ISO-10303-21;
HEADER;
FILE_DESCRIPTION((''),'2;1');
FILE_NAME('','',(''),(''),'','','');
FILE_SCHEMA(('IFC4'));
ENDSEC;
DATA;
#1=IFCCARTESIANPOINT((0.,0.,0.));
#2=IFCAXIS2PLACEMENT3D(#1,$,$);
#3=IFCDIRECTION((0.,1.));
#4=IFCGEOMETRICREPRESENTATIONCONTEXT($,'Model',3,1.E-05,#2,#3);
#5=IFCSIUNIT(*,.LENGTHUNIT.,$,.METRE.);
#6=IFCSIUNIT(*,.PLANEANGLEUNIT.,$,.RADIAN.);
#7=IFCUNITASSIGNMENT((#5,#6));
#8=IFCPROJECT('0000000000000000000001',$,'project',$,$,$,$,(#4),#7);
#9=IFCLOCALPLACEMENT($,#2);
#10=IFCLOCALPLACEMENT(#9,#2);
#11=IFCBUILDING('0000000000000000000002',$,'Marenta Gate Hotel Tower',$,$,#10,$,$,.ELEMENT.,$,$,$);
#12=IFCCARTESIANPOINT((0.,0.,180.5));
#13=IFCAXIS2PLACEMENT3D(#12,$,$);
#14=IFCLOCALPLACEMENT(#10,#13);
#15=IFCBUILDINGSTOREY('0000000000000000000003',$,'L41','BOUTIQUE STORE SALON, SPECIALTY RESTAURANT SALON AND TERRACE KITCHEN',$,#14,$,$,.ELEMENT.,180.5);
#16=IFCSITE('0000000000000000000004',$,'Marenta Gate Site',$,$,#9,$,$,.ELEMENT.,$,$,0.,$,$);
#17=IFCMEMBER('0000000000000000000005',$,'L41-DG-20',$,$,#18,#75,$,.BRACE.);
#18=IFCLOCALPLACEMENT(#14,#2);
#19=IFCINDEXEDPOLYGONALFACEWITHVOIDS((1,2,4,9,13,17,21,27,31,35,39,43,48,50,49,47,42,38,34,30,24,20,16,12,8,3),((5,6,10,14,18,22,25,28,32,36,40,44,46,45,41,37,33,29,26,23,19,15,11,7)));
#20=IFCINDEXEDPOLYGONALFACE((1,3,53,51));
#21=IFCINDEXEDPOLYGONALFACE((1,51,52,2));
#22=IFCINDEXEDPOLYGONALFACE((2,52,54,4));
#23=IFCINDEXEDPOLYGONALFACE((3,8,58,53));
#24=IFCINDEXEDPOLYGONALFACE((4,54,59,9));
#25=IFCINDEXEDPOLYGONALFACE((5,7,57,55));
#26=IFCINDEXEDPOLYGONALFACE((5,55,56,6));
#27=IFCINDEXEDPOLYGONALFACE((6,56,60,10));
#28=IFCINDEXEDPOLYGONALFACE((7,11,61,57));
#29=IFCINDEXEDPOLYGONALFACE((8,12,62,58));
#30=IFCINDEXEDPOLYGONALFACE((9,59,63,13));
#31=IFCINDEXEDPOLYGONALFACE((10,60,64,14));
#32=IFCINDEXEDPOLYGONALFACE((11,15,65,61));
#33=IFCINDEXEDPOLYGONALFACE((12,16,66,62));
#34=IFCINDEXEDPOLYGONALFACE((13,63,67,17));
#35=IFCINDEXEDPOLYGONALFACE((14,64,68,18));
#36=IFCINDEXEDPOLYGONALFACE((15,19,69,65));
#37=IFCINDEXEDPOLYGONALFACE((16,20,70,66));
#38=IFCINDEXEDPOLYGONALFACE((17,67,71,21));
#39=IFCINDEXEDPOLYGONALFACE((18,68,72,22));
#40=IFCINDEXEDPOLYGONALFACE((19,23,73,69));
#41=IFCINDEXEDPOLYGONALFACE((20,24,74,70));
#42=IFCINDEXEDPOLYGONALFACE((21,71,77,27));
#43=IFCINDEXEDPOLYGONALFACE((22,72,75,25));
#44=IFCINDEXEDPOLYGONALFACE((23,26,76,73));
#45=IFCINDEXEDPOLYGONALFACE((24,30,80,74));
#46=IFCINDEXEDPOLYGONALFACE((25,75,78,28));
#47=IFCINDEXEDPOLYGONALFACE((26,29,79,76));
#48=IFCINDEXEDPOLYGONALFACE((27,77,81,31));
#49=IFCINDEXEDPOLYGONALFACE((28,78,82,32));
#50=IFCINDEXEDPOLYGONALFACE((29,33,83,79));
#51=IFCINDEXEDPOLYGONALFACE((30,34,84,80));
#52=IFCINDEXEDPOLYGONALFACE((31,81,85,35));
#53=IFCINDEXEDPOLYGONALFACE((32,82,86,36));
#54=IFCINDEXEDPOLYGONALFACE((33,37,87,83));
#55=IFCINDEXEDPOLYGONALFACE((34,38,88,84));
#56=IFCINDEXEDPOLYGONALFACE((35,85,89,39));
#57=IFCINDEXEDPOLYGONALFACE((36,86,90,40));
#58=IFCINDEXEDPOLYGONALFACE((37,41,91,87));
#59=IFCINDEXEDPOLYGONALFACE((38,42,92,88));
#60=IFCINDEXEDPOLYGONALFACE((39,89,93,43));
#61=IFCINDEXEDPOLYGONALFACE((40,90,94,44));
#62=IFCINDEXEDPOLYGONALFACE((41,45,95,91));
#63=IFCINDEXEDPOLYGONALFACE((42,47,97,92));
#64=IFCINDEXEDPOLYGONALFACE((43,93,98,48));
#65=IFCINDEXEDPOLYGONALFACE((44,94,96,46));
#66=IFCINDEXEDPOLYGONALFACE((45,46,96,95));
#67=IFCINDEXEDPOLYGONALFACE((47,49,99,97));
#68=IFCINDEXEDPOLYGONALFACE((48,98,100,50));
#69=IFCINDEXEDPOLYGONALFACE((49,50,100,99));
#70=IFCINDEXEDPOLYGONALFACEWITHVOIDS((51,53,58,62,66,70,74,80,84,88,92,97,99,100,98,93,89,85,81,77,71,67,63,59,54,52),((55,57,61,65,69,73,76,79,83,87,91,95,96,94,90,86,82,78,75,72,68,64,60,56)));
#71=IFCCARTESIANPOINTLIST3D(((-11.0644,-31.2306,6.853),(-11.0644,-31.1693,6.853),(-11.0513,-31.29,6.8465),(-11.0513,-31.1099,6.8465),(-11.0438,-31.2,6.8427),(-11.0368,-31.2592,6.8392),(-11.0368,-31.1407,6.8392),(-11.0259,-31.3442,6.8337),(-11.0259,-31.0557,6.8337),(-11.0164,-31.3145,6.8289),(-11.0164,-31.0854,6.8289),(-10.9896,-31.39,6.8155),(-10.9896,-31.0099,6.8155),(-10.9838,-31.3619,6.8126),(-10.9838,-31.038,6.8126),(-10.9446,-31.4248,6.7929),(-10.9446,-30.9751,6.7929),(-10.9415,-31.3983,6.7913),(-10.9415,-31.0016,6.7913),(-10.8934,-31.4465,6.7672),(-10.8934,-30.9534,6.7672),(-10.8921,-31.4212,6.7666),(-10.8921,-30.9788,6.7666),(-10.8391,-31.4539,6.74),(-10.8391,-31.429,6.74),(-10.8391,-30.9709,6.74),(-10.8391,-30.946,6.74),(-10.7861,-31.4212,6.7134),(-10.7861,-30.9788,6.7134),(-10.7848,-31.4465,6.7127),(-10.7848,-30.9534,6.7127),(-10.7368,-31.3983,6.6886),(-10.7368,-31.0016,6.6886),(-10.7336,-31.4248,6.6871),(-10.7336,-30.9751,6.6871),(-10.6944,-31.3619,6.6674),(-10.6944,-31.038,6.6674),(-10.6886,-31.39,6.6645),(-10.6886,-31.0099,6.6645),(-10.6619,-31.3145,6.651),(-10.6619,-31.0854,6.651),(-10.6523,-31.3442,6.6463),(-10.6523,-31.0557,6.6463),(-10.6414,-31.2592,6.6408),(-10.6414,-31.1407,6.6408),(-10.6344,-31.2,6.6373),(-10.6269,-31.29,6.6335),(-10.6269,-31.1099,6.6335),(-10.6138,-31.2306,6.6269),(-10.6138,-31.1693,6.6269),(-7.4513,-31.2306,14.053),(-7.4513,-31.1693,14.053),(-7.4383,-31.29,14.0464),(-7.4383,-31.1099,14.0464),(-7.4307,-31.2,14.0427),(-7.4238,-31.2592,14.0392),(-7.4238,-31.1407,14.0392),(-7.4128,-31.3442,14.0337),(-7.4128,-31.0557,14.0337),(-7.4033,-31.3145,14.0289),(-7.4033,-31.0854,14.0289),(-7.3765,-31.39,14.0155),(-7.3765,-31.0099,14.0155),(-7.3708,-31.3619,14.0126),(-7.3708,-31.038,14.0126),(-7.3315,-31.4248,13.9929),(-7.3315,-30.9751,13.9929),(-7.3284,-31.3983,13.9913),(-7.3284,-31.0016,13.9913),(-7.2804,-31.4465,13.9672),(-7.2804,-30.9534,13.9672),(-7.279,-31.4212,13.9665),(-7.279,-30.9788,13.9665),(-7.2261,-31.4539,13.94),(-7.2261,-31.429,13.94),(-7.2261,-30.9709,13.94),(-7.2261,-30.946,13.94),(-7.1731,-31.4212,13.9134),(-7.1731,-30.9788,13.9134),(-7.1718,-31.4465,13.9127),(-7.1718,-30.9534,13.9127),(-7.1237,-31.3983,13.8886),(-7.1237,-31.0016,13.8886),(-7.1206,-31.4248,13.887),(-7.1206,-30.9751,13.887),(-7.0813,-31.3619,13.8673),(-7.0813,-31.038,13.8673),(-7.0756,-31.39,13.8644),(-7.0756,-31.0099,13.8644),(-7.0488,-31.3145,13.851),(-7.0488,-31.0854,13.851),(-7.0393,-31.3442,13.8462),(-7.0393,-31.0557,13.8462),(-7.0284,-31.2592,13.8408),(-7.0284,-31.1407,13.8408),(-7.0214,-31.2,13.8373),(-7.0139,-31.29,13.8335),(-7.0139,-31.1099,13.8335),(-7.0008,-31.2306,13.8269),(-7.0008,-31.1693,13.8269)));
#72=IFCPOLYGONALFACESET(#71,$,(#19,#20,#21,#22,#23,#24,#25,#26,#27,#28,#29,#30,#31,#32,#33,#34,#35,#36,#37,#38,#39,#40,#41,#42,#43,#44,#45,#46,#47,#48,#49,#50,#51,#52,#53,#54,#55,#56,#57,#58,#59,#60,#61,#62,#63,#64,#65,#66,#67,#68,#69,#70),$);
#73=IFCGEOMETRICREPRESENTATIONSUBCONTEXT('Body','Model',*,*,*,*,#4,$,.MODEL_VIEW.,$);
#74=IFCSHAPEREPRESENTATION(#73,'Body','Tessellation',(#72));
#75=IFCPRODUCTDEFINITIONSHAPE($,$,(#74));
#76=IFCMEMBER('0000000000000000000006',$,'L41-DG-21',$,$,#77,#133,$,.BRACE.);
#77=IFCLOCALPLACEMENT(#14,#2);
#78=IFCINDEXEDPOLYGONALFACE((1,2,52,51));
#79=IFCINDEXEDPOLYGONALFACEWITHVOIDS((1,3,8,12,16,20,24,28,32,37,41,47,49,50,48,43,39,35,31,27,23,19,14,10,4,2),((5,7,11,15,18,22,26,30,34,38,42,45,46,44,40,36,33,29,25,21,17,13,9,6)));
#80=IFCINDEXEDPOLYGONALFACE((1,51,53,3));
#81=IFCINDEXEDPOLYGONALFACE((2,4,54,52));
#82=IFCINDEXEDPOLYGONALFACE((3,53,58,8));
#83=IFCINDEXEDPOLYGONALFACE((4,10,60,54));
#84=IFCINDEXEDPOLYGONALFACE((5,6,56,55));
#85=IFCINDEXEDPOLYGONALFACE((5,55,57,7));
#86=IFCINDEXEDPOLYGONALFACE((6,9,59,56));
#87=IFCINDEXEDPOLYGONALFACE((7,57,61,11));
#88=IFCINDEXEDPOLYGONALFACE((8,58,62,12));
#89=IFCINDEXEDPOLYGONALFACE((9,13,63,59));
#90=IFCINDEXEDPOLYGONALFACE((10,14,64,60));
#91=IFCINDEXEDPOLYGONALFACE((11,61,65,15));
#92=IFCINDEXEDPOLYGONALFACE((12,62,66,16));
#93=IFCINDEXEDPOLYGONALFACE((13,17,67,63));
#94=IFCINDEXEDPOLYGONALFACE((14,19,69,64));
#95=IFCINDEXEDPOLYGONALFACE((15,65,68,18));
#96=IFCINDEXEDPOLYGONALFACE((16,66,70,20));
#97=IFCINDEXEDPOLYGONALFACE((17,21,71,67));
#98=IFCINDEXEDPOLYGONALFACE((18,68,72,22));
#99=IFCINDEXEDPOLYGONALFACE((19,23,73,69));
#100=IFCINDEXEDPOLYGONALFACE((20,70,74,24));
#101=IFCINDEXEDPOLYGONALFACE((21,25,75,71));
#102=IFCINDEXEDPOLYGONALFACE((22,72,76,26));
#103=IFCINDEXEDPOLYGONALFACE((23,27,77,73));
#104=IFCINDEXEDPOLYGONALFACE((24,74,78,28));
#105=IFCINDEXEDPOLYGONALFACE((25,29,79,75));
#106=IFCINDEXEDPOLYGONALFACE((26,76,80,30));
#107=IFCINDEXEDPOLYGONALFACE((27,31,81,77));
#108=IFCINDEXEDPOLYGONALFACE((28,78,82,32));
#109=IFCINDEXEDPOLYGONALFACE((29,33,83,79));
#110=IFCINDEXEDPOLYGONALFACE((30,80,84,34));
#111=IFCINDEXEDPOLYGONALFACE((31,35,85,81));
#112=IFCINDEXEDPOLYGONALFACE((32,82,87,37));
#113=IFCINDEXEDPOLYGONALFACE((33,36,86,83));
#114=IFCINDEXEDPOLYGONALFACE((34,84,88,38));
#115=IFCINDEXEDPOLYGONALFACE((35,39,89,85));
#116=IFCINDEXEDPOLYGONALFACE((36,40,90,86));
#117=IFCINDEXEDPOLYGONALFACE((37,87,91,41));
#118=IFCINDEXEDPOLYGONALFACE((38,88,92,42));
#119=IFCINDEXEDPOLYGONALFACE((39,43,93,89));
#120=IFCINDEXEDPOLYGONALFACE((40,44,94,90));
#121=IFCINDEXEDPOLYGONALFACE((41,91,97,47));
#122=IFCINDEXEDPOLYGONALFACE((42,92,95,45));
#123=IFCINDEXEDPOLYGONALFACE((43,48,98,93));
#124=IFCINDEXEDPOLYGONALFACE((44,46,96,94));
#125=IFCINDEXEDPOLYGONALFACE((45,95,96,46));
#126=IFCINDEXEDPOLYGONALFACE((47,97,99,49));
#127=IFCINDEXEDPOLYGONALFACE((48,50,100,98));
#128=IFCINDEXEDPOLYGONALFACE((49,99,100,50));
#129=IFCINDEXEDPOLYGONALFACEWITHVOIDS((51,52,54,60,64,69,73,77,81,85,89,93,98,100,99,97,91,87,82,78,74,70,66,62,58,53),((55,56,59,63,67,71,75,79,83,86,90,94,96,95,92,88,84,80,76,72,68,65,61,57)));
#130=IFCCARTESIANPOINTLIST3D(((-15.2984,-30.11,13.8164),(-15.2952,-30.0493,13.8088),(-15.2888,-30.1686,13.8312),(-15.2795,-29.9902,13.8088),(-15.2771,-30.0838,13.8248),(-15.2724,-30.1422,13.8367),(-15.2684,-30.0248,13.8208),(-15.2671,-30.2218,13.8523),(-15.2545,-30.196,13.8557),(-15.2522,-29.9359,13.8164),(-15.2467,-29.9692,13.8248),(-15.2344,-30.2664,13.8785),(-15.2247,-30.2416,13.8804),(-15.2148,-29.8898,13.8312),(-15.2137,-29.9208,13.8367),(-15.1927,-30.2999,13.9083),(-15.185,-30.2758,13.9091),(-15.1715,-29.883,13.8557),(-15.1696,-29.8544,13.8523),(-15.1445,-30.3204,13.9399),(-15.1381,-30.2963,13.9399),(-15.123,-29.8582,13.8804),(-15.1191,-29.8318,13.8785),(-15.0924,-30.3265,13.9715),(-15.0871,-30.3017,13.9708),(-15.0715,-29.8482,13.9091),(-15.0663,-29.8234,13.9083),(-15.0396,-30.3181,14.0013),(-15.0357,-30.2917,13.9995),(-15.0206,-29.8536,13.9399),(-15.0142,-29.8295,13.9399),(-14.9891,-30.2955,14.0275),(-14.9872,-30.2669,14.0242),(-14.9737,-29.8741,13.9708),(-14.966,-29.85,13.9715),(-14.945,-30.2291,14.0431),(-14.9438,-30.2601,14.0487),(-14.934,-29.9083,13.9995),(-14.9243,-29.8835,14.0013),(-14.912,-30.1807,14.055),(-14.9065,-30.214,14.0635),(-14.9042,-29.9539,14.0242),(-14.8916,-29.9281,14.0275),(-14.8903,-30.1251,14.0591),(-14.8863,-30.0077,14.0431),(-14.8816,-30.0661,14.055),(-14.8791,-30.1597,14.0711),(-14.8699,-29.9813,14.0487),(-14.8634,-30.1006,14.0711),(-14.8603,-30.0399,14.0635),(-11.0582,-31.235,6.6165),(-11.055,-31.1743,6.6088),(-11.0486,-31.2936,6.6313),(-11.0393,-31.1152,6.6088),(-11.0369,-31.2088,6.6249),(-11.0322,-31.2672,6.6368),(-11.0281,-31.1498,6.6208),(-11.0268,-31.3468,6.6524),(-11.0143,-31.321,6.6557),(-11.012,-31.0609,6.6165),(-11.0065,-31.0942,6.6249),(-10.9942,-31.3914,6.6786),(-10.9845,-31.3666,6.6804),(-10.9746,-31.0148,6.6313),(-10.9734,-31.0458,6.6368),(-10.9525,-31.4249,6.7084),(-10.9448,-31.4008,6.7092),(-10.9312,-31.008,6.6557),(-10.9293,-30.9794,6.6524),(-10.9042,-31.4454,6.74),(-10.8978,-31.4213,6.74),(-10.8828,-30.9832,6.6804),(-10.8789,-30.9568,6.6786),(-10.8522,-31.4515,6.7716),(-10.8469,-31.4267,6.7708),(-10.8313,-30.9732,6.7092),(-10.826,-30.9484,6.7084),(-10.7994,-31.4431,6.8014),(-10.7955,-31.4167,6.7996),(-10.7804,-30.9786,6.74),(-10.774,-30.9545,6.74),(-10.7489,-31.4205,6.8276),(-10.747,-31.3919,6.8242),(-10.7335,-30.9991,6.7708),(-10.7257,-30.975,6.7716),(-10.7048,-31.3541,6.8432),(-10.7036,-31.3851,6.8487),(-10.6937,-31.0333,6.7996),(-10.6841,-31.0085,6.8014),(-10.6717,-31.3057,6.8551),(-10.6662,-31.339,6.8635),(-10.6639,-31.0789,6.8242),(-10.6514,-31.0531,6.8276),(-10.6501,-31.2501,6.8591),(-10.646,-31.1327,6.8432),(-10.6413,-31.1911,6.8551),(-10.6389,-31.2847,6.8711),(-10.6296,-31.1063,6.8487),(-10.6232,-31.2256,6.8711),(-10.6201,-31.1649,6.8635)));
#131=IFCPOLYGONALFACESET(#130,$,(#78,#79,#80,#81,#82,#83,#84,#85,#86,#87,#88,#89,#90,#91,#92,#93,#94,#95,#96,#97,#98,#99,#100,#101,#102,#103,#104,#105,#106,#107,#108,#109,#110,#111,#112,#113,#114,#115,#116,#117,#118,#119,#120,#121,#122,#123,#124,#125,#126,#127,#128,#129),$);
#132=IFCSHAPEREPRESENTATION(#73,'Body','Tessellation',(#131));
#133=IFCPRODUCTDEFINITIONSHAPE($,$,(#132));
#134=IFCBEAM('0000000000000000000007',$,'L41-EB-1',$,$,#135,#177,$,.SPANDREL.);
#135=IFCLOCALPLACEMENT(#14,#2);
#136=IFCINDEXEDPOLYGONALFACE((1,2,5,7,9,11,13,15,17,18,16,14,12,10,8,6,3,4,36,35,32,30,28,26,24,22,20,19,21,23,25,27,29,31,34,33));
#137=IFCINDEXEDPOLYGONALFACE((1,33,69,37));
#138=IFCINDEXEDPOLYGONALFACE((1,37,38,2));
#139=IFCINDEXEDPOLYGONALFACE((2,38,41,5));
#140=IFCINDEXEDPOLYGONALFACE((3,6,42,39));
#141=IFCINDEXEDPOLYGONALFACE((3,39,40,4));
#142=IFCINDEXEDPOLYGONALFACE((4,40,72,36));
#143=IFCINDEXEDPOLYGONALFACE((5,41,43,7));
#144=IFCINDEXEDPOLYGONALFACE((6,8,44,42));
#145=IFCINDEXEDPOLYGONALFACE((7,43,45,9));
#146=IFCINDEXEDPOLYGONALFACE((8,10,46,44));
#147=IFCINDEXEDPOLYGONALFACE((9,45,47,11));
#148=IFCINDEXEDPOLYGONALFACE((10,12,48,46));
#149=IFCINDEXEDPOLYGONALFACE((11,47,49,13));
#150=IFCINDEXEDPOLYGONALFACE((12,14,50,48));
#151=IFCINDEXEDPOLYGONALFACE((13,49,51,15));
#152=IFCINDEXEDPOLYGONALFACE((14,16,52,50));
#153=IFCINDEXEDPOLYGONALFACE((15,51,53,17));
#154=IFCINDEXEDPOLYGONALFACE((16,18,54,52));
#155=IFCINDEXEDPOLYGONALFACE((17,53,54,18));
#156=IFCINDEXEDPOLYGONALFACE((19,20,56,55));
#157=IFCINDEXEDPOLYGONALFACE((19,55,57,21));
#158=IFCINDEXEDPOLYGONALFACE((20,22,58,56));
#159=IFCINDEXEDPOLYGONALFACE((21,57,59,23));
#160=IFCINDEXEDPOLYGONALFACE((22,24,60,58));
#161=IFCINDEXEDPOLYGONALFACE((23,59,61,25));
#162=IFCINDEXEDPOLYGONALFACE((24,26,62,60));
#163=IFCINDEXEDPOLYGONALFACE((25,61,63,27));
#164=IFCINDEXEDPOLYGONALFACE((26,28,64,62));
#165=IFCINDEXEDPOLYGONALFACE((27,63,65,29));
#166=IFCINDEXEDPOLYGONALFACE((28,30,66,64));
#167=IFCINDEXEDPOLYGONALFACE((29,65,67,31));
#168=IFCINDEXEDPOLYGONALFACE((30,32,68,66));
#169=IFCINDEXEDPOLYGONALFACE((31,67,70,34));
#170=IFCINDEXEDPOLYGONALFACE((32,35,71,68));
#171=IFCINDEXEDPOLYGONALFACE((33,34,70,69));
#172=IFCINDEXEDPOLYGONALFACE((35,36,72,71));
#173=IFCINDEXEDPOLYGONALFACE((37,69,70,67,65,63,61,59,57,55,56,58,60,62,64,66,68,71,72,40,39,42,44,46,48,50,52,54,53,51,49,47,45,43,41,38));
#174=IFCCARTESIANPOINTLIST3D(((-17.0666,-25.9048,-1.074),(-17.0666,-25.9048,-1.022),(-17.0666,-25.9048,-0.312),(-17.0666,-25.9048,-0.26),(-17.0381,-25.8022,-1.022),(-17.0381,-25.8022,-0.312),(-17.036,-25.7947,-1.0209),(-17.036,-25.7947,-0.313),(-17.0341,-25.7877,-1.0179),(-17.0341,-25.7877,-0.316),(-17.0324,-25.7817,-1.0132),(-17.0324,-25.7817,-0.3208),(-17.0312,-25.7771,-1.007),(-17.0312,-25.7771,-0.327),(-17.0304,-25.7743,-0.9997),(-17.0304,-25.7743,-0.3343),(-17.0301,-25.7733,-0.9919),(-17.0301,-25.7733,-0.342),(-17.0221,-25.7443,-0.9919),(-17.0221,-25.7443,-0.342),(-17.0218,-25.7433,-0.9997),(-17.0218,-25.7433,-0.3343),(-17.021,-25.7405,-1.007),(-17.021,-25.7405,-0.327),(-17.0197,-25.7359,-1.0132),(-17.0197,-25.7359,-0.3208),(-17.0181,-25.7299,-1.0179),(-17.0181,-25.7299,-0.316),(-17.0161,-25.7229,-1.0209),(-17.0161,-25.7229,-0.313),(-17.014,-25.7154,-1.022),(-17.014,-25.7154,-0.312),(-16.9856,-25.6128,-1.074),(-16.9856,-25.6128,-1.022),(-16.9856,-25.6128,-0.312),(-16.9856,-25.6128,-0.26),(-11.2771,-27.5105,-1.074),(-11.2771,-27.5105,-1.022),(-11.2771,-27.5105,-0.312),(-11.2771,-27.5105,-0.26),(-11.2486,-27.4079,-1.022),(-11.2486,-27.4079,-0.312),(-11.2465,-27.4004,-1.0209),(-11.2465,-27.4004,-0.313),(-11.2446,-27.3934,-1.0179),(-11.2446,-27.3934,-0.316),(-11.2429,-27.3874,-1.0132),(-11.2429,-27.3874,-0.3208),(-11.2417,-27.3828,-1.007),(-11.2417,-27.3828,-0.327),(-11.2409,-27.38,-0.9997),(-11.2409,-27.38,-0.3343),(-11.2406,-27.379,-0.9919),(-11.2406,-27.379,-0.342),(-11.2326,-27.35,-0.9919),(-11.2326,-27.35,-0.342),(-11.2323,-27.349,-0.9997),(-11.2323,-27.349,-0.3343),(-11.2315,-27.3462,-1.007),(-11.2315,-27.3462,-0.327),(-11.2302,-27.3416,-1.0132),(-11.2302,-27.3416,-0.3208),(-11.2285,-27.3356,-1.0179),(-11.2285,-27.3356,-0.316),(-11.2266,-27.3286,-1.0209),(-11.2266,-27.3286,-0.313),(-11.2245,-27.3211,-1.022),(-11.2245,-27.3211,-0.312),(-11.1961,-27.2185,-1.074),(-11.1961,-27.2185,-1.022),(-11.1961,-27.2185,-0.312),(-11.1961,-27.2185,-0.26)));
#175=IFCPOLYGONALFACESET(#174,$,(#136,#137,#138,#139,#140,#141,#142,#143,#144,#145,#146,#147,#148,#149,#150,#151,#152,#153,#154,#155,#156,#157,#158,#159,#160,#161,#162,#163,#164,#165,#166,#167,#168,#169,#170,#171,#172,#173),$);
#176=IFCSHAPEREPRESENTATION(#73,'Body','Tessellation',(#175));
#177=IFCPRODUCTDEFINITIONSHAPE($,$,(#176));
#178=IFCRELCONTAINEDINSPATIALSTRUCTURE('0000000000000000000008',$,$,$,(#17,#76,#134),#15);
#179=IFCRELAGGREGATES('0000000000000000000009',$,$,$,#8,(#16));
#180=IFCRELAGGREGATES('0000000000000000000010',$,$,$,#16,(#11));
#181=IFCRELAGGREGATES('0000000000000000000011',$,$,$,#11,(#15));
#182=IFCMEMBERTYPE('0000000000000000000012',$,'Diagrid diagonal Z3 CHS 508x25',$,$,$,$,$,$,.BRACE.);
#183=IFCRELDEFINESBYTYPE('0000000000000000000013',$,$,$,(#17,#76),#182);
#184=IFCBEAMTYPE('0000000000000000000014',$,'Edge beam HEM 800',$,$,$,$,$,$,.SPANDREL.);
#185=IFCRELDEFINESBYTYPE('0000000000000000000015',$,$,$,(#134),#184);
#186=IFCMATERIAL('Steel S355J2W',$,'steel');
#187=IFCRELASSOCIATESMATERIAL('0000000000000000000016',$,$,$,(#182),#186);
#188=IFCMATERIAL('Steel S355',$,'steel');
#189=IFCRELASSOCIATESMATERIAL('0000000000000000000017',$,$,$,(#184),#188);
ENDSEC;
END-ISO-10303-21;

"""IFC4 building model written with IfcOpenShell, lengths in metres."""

from ifc_helpers import new_model, si_unit, direction, frame, origin, origin_2d, place, context, subcontext, project, spatial, hollow_circle, i_section, extrude, material, material_profile, profile_set, type_object, element, save


model = new_model("IFC4")

# Units and contexts
model_context = context("Model", 3, precision=1e-05, world=origin(), true_north=direction((0.0, 1.0)))
body_context = subcontext(model_context, "Body", "Model", "MODEL_VIEW")
ifc_project = project(units=[si_unit("LENGTHUNIT", "METRE"), si_unit("PLANEANGLEUNIT", "RADIAN")], contexts=[model_context])

# Site, building, storey
site_placement = place(None, origin())
site = spatial("IfcSite", under=ifc_project, at=site_placement, Name="Marenta Gate Site", CompositionType="ELEMENT", RefElevation=0.0)
building_placement = place(site_placement, origin())
building = spatial("IfcBuilding", under=site, at=building_placement, Name="Marenta Gate Hotel Tower", CompositionType="ELEMENT")
storey_placement = place(building_placement, frame((0.0, 0.0, 180.5)))
storey = spatial("IfcBuildingStorey", under=building, at=storey_placement, Name="L41", Description="BOUTIQUE STORE SALON, SPECIALTY RESTAURANT SALON AND TERRACE KITCHEN", CompositionType="ELEMENT", Elevation=180.5)

# Members
ifc_material_1 = material(Name="Steel S355J2W", Category="steel")
ifc_material_profile_1 = material_profile(ifc_material_1, hollow_circle(Radius=0.2539, WallThickness=0.0249, at=origin_2d()), Name="CHS 508x25")
ifc_profile_set_1 = profile_set([ifc_material_profile_1], Name="Steel S355J2W")
member_type_1 = type_object("IfcMemberType", Name="Diagrid diagonal Z3 CHS 508x25", PredefinedType="BRACE", material=ifc_profile_set_1)
for number, where, z_axis, x_axis, name in (
    (1, (-10.8391, -31.2, 6.74), (0.44851, 0.0, 0.893778), (0.0, 1.0, 0.0), "L41-DG-20"),
):
    element("IfcMember", number, at=place(storey_placement, frame(where, z_axis=z_axis, x_axis=x_axis)), inside=storey, type_object=member_type_1, Name=name, PredefinedType="BRACE", context=body_context, shape_type="SweptSolid", body=[
        extrude(hollow_circle(Radius=0.2539, WallThickness=0.0249, at=origin_2d()), origin(), (0.0, 0.0, 1.0), 8.0557),
    ])
member_1_placement = place(storey_placement, frame((-10.8391, -31.2, 6.74), z_axis=(-0.502924, 0.133434, 0.853969), x_axis=(-0.256443, -0.966559, 0.0)))
element("IfcMember", 2, at=member_1_placement, inside=storey, type_object=member_type_1, Name="L41-DG-21", PredefinedType="BRACE", context=body_context, shape_type="SweptSolid", body=[
    extrude(hollow_circle(Radius=0.2539, WallThickness=0.0249, at=origin_2d()), origin(), (0.0, 0.0, 1.0), 8.4312),
])

# Beam
ifc_material_2 = material(Name="Steel S355", Category="steel")
ifc_material_profile_2 = material_profile(ifc_material_2, i_section(OverallWidth=0.303, OverallDepth=0.814, WebThickness=0.03, FlangeThickness=0.052, FilletRadius=0.03, at=origin_2d()), Name="HEM 800")
ifc_profile_set_2 = profile_set([ifc_material_profile_2], Name="Steel S355")
beam_type_1 = type_object("IfcBeamType", Name="Edge beam HEM 800", PredefinedType="SPANDREL", material=ifc_profile_set_2)
beam_1_placement = place(storey_placement, frame((-11.2366, -27.3645, -0.667), z_axis=(-0.963625, 0.267258, 0.0), x_axis=(-0.267258, -0.963625, 0.0)))
element("IfcBeam", 3, at=beam_1_placement, inside=storey, type_object=beam_type_1, Name="L41-EB-1", PredefinedType="SPANDREL", context=body_context, shape_type="SweptSolid", body=[
    extrude(i_section(OverallWidth=0.303, OverallDepth=0.814, WebThickness=0.03, FlangeThickness=0.052, FilletRadius=0.03, at=origin_2d()), origin(), (0.0, 0.0, 1.0), 6.0081),
])

save(model, "model.ifc")
